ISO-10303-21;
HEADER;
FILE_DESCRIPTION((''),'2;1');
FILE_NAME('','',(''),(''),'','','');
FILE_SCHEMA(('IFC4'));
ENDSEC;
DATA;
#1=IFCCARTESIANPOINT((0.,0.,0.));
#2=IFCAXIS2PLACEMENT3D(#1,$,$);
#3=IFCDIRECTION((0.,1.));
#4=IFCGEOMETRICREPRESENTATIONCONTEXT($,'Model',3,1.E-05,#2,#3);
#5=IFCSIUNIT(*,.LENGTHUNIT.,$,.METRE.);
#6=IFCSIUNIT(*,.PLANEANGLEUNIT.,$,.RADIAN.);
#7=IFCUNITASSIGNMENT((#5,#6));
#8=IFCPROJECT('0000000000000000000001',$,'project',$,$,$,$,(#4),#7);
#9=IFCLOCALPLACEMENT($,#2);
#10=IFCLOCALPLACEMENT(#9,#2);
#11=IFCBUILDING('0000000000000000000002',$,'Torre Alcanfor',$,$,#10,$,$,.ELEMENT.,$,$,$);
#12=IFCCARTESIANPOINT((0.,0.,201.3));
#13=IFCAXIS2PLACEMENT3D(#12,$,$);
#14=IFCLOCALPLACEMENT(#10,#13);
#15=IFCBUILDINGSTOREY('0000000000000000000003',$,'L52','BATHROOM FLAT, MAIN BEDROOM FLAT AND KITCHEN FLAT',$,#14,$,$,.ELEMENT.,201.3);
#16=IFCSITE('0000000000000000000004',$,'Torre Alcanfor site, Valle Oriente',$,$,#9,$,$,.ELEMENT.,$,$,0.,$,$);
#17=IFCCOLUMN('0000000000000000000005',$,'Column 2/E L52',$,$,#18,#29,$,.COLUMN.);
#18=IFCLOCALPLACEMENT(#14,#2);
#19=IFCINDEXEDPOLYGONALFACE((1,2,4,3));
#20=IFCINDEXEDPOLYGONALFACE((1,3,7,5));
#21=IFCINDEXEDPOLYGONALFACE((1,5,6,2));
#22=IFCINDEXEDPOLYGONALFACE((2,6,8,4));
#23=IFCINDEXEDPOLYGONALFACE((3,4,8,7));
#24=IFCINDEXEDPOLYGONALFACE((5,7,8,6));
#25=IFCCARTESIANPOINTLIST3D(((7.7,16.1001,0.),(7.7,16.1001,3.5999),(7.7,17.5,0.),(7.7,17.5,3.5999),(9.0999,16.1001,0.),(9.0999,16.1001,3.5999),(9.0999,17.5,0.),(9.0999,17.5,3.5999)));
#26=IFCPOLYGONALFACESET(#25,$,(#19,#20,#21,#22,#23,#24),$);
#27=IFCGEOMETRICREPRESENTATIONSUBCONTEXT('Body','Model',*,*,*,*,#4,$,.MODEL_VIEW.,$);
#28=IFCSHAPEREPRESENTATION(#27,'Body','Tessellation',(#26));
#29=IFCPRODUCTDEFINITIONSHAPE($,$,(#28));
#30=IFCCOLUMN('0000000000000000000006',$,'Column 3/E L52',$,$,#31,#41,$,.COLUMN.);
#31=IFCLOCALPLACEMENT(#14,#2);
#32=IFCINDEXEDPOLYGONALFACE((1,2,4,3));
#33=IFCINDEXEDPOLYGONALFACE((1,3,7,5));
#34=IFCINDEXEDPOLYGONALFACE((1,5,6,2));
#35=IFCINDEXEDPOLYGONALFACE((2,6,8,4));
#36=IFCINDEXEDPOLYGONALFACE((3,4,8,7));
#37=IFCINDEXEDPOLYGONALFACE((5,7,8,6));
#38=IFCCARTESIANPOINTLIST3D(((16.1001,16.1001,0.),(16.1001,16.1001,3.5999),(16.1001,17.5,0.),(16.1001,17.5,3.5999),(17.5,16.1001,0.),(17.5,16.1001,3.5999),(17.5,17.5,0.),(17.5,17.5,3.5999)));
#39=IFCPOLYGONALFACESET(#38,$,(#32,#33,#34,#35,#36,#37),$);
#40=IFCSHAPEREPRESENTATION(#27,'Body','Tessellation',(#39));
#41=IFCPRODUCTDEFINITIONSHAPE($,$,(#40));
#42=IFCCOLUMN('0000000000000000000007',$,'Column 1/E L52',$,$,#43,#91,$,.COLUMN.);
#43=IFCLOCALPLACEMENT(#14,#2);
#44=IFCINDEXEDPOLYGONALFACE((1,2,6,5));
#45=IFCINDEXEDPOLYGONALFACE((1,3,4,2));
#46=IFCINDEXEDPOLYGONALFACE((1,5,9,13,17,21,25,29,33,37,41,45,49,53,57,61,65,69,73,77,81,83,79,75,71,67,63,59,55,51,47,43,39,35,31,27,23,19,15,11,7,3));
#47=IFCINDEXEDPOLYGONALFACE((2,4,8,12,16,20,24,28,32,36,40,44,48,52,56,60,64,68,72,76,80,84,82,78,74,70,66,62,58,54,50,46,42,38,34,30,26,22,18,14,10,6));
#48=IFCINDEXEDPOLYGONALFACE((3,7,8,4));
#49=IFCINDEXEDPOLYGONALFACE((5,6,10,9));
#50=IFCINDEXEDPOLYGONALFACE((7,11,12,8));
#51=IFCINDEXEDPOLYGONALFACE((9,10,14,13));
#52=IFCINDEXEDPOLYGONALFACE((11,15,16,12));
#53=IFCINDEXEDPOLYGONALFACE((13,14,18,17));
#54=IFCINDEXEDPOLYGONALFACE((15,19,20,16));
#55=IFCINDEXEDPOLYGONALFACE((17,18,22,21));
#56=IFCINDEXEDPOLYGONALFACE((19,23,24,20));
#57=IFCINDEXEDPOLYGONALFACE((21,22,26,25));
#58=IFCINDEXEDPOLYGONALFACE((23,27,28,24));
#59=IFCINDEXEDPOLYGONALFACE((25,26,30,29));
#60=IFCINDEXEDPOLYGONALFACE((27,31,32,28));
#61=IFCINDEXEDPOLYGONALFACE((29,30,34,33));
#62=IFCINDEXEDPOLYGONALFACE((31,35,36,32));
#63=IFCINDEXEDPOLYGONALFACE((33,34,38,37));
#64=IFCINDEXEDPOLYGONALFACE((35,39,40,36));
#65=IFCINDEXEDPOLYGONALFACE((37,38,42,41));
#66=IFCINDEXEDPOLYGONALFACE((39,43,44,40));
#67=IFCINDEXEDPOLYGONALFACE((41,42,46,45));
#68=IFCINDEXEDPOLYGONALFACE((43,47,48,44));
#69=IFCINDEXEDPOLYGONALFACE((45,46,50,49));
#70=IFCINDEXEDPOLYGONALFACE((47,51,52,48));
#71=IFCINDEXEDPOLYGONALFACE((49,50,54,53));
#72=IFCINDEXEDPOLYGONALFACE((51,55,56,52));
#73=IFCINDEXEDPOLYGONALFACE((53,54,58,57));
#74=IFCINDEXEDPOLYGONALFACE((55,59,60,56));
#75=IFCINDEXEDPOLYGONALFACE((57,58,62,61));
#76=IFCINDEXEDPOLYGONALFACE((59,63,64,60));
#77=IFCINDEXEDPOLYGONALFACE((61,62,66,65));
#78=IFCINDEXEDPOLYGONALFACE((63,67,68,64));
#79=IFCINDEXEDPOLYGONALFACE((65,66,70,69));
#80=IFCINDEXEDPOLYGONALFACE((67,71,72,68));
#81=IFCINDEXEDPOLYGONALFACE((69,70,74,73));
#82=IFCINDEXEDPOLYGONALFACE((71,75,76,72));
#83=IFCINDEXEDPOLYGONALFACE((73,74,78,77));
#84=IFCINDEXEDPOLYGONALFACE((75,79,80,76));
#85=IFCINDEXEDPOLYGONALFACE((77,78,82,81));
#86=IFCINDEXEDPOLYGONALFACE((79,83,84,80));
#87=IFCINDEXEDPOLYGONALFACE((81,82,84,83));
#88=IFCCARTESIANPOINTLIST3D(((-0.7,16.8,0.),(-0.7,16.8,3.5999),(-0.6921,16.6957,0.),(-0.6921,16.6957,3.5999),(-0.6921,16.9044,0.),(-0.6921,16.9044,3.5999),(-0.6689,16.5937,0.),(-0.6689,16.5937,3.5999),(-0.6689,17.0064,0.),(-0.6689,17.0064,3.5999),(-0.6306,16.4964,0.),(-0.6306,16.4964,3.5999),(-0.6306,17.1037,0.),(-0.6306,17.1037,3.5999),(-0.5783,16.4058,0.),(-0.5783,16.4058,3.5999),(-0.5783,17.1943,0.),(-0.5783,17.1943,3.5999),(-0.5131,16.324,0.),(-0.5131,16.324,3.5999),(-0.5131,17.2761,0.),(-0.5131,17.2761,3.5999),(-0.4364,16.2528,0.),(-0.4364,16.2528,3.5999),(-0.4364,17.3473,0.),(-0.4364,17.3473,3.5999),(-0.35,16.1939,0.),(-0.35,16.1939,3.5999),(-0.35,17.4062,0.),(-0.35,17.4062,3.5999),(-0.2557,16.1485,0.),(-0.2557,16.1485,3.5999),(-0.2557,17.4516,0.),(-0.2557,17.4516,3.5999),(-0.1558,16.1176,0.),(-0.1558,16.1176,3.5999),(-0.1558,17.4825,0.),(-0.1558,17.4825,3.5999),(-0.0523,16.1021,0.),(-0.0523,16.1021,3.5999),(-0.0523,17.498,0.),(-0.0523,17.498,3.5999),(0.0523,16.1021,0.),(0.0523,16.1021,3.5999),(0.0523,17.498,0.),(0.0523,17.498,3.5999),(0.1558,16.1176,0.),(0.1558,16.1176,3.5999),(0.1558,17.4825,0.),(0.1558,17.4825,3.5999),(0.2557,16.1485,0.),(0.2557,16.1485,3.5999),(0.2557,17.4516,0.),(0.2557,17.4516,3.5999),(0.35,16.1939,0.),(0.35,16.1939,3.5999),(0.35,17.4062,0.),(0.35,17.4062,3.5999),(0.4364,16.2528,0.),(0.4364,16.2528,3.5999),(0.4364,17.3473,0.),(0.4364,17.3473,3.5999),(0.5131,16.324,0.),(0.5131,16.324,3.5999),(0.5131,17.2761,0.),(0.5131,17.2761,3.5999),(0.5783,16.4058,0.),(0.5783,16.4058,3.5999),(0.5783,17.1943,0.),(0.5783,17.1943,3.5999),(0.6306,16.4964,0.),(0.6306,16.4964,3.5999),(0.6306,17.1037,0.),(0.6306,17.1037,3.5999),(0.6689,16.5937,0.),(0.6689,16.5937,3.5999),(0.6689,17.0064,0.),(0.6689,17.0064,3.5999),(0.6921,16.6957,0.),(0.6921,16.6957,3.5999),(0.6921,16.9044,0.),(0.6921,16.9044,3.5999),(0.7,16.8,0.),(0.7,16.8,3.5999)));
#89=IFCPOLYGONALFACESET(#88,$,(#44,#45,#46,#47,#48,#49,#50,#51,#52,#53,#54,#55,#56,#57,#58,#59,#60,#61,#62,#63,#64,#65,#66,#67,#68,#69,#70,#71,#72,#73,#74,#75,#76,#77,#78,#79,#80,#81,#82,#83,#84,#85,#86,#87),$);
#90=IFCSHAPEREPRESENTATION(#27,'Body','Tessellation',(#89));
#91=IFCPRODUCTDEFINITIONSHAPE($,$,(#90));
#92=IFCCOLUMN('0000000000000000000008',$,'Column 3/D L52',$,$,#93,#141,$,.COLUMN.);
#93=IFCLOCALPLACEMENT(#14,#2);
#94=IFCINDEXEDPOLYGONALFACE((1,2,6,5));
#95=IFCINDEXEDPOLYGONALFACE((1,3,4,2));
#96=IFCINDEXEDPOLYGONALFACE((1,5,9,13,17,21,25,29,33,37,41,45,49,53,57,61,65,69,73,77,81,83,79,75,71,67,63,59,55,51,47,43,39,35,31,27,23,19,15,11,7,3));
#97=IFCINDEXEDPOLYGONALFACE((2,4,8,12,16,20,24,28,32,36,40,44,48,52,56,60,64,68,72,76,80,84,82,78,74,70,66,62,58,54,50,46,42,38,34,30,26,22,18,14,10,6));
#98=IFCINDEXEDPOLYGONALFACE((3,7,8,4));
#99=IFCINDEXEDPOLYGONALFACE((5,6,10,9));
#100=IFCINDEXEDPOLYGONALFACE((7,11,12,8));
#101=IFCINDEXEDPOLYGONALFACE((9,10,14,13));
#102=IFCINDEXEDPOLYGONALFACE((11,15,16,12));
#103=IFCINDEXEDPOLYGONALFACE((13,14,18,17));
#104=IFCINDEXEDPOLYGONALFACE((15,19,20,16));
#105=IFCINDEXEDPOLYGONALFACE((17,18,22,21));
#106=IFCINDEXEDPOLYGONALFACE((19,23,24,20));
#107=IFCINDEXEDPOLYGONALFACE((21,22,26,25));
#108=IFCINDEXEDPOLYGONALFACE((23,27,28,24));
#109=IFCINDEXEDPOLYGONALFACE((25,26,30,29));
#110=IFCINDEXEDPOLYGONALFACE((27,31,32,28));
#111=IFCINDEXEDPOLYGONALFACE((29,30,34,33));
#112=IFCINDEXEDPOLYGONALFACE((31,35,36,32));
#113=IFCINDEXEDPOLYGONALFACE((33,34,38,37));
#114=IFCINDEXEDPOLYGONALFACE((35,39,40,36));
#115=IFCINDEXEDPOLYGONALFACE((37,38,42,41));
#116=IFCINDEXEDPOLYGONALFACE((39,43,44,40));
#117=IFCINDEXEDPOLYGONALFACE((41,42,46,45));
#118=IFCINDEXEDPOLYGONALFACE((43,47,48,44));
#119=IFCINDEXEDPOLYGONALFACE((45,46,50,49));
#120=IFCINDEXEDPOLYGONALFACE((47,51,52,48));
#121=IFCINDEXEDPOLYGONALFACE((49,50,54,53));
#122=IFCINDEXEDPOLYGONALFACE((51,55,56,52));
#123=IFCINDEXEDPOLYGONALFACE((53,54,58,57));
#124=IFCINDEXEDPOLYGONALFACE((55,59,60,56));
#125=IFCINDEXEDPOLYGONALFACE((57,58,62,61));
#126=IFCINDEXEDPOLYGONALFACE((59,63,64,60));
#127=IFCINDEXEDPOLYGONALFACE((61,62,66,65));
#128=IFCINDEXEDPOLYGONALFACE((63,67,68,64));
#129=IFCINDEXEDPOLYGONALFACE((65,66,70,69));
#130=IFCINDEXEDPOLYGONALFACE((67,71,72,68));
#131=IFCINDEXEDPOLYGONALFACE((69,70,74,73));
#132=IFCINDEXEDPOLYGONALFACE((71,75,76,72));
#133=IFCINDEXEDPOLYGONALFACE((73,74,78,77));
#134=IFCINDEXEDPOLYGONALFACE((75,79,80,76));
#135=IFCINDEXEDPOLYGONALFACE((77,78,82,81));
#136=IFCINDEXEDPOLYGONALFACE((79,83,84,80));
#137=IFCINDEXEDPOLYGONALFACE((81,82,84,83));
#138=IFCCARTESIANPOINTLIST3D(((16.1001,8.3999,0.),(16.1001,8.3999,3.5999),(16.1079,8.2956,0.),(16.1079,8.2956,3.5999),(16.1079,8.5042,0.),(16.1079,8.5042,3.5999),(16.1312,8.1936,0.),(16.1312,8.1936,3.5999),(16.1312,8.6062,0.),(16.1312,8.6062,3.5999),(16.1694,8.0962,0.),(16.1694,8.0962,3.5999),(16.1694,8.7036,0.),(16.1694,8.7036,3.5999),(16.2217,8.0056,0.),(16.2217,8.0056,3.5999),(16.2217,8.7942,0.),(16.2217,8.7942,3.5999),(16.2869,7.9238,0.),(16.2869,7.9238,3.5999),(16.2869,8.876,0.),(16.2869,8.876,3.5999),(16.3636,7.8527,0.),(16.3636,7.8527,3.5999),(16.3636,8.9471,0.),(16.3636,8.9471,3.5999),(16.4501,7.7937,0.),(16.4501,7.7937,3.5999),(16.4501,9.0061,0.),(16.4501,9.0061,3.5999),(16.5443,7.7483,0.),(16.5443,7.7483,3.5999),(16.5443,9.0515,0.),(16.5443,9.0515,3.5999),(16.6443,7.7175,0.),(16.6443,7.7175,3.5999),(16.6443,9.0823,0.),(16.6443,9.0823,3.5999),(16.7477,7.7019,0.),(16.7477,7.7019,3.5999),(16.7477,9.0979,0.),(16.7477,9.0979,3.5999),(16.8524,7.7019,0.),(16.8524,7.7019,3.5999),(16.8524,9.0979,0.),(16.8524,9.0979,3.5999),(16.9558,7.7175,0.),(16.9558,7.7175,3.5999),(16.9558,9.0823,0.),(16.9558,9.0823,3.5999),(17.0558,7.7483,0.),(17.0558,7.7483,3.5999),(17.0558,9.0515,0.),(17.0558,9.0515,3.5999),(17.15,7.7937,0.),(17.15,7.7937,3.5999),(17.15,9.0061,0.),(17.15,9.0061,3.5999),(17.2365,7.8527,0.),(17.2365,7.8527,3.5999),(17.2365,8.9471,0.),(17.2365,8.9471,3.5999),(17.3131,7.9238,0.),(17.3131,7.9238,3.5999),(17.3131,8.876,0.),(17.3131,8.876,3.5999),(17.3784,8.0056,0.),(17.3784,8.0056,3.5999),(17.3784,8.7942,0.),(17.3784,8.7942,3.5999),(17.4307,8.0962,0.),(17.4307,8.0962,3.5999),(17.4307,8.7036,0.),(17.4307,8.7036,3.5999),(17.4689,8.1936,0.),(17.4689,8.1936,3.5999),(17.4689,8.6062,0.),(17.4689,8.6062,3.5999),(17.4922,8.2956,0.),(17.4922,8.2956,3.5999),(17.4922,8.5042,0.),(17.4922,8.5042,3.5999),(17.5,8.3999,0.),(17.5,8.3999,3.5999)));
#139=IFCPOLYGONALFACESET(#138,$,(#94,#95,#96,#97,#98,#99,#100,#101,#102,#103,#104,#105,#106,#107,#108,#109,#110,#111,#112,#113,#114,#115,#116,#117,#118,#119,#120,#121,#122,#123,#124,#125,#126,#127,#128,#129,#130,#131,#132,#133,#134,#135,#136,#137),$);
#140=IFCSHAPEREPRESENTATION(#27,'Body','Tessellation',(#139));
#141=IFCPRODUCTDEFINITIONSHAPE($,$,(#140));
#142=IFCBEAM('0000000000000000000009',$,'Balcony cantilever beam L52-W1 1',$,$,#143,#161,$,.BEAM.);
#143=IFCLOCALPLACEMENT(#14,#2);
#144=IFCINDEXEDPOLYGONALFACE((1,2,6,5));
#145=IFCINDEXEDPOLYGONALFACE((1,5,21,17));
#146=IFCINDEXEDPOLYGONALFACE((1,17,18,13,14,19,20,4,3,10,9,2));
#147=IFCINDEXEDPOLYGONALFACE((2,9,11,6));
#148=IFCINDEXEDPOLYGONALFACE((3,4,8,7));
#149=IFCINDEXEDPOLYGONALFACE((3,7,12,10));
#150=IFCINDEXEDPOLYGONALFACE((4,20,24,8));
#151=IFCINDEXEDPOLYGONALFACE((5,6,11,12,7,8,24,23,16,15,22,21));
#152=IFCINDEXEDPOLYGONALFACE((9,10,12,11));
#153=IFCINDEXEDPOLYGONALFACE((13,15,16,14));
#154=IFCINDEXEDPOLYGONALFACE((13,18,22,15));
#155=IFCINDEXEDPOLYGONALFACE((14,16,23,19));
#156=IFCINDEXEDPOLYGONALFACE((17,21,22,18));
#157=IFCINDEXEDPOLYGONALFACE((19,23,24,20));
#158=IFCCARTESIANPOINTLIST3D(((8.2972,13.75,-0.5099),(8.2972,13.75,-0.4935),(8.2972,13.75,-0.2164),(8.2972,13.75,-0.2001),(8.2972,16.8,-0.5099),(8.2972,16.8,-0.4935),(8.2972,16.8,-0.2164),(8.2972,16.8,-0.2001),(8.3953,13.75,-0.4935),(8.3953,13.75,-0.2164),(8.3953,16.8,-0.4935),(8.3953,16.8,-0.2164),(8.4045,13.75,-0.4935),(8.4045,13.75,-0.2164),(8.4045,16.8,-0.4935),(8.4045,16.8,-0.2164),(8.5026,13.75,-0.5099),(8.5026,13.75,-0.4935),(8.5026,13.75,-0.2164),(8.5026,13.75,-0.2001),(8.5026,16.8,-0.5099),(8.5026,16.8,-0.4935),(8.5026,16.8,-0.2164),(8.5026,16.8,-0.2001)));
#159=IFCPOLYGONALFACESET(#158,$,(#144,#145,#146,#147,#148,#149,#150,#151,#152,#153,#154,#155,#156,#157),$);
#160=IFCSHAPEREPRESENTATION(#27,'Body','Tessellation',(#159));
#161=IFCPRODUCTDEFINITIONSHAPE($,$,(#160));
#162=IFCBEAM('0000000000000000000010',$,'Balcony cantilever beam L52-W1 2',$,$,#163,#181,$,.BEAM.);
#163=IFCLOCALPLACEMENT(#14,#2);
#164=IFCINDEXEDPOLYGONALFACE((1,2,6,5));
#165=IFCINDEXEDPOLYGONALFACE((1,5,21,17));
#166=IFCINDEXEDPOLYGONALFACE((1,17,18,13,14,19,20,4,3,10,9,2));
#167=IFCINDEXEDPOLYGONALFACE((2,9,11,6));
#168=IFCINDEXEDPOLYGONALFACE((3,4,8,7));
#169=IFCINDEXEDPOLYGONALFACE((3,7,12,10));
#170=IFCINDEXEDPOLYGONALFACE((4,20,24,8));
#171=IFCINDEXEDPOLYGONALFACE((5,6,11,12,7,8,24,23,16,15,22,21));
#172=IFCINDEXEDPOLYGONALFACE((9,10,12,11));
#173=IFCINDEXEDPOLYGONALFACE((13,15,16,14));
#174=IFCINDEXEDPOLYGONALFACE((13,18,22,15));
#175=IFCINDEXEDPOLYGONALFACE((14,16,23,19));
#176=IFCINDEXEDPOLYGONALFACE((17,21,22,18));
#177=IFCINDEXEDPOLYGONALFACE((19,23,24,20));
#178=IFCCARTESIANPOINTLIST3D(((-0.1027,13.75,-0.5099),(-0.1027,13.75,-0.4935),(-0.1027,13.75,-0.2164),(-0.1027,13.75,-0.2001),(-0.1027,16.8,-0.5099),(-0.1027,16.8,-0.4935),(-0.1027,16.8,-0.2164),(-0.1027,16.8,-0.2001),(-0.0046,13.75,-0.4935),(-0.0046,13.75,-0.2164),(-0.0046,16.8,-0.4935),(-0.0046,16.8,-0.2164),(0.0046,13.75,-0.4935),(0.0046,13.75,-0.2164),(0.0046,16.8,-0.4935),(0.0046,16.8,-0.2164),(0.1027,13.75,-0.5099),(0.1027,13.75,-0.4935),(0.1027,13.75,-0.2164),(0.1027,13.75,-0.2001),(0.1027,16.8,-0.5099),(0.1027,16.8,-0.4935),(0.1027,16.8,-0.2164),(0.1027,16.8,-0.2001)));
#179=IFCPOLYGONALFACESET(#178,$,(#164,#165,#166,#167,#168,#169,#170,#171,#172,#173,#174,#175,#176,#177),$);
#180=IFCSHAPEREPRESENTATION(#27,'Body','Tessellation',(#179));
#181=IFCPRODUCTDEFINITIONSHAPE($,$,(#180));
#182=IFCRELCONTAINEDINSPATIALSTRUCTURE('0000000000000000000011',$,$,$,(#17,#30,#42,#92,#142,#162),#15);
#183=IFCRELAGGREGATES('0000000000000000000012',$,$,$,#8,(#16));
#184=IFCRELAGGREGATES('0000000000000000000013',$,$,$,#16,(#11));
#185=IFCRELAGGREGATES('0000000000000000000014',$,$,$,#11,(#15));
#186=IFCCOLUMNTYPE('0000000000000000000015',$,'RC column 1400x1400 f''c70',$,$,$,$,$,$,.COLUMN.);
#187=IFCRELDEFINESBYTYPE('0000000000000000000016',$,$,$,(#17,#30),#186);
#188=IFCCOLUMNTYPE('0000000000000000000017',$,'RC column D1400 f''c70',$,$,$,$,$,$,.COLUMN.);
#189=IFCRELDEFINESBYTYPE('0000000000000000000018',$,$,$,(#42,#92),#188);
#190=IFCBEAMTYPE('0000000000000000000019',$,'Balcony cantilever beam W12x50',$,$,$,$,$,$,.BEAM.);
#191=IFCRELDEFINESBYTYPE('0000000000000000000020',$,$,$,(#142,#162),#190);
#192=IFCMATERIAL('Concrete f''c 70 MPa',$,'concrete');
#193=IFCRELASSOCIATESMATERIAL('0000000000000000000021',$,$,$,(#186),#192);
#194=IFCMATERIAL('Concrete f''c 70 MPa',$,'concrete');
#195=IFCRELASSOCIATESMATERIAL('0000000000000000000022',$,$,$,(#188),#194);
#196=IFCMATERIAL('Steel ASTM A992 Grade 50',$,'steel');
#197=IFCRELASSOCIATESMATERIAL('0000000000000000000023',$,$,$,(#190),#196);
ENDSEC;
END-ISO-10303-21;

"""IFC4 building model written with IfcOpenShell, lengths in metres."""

from ifc_helpers import new_model, si_unit, direction, frame, origin, origin_2d, place, context, subcontext, project, spatial, rectangle, circle, i_section, extrude, material, material_profile, profile_set, type_object, element, save


model = new_model("IFC4")

# Units and contexts
model_context = context("Model", 3, precision=1e-05, world=origin(), true_north=direction((0.0, 1.0)))
body_context = subcontext(model_context, "Body", "Model", "MODEL_VIEW")
ifc_project = project(units=[si_unit("LENGTHUNIT", "METRE"), si_unit("PLANEANGLEUNIT", "RADIAN")], contexts=[model_context])

# Site, building, storey
site_placement = place(None, origin())
site = spatial("IfcSite", under=ifc_project, at=site_placement, Name="Torre Alcanfor site, Valle Oriente", CompositionType="ELEMENT", RefElevation=0.0)
building_placement = place(site_placement, origin())
building = spatial("IfcBuilding", under=site, at=building_placement, Name="Torre Alcanfor", CompositionType="ELEMENT")
storey_placement = place(building_placement, frame((0.0, 0.0, 201.3)))
storey = spatial("IfcBuildingStorey", under=building, at=storey_placement, Name="L52", Description="BATHROOM FLAT, MAIN BEDROOM FLAT AND KITCHEN FLAT", CompositionType="ELEMENT", Elevation=201.3)

# Columns
ifc_material_1 = material(Name="Concrete f'c 70 MPa", Category="concrete")
ifc_material_profile_1 = material_profile(ifc_material_1, rectangle(XDim=1.3999, YDim=1.3999, at=origin_2d()), Name="1400x1400")
ifc_profile_set_1 = profile_set([ifc_material_profile_1], Name="Concrete f'c 70 MPa")
column_type_1 = type_object("IfcColumnType", Name="RC column 1400x1400 f'c70", PredefinedType="COLUMN", material=ifc_profile_set_1)
for number, where, z_axis, x_axis, name in (
    (1, (8.3999, 16.8, 0.0), (0.0, 0.0, 1.0), (1.0, 0.0, 0.0), "Column 2/E L52"),
    (2, (16.8, 16.8, 0.0), (0.0, 0.0, 1.0), (1.0, 0.0, 0.0), "Column 3/E L52"),
):
    element("IfcColumn", number, at=place(storey_placement, frame(where, z_axis=z_axis, x_axis=x_axis)), inside=storey, type_object=column_type_1, Name=name, PredefinedType="COLUMN", context=body_context, shape_type="SweptSolid", body=[
        extrude(rectangle(XDim=1.3999, YDim=1.3999, at=origin_2d()), origin(), (0.0, 0.0, 1.0), 3.5999),
    ])
ifc_material_2 = material(Name="Concrete f'c 70 MPa", Category="concrete")
ifc_material_profile_2 = material_profile(ifc_material_2, circle(Radius=0.7, at=origin_2d()), Name="D1400")
ifc_profile_set_2 = profile_set([ifc_material_profile_2], Name="Concrete f'c 70 MPa")
column_type_2 = type_object("IfcColumnType", Name="RC column D1400 f'c70", PredefinedType="COLUMN", material=ifc_profile_set_2)
for number, where, z_axis, x_axis, name in (
    (3, (0.0, 16.8, 0.0), (0.0, 0.0, 1.0), (1.0, 0.0, 0.0), "Column 1/E L52"),
    (4, (16.8, 8.3999, 0.0), (0.0, 0.0, 1.0), (1.0, 0.0, 0.0), "Column 3/D L52"),
):
    element("IfcColumn", number, at=place(storey_placement, frame(where, z_axis=z_axis, x_axis=x_axis)), inside=storey, type_object=column_type_2, Name=name, PredefinedType="COLUMN", context=body_context, shape_type="SweptSolid", body=[
        extrude(circle(Radius=0.7, at=origin_2d()), origin(), (0.0, 0.0, 1.0), 3.5999),
    ])

# Beams
ifc_material_3 = material(Name="Steel ASTM A992 Grade 50", Category="steel")
ifc_material_profile_3 = material_profile(ifc_material_3, i_section(OverallWidth=0.2053, OverallDepth=0.3098, WebThickness=0.0093, FlangeThickness=0.0164, at=origin_2d()), Name="W12x50")
ifc_profile_set_3 = profile_set([ifc_material_profile_3], Name="Steel ASTM A992 Grade 50")
beam_type_1 = type_object("IfcBeamType", Name="Balcony cantilever beam W12x50", PredefinedType="BEAM", material=ifc_profile_set_3)
for number, where, z_axis, x_axis, name in (
    (5, (8.3999, 16.8, -0.355), (0.0, -1.0, 0.0), (1.0, 0.0, 0.0), "Balcony cantilever beam L52-W1 1"),
    (6, (0.0, 16.8, -0.355), (0.0, -1.0, 0.0), (1.0, 0.0, 0.0), "Balcony cantilever beam L52-W1 2"),
):
    element("IfcBeam", number, at=place(storey_placement, frame(where, z_axis=z_axis, x_axis=x_axis)), inside=storey, type_object=beam_type_1, Name=name, PredefinedType="BEAM", context=body_context, shape_type="SweptSolid", body=[
        extrude(i_section(OverallWidth=0.2053, OverallDepth=0.3098, WebThickness=0.0093, FlangeThickness=0.0164, at=origin_2d()), origin(), (0.0, 0.0, 1.0), 3.05),
    ])

save(model, "model.ifc")
